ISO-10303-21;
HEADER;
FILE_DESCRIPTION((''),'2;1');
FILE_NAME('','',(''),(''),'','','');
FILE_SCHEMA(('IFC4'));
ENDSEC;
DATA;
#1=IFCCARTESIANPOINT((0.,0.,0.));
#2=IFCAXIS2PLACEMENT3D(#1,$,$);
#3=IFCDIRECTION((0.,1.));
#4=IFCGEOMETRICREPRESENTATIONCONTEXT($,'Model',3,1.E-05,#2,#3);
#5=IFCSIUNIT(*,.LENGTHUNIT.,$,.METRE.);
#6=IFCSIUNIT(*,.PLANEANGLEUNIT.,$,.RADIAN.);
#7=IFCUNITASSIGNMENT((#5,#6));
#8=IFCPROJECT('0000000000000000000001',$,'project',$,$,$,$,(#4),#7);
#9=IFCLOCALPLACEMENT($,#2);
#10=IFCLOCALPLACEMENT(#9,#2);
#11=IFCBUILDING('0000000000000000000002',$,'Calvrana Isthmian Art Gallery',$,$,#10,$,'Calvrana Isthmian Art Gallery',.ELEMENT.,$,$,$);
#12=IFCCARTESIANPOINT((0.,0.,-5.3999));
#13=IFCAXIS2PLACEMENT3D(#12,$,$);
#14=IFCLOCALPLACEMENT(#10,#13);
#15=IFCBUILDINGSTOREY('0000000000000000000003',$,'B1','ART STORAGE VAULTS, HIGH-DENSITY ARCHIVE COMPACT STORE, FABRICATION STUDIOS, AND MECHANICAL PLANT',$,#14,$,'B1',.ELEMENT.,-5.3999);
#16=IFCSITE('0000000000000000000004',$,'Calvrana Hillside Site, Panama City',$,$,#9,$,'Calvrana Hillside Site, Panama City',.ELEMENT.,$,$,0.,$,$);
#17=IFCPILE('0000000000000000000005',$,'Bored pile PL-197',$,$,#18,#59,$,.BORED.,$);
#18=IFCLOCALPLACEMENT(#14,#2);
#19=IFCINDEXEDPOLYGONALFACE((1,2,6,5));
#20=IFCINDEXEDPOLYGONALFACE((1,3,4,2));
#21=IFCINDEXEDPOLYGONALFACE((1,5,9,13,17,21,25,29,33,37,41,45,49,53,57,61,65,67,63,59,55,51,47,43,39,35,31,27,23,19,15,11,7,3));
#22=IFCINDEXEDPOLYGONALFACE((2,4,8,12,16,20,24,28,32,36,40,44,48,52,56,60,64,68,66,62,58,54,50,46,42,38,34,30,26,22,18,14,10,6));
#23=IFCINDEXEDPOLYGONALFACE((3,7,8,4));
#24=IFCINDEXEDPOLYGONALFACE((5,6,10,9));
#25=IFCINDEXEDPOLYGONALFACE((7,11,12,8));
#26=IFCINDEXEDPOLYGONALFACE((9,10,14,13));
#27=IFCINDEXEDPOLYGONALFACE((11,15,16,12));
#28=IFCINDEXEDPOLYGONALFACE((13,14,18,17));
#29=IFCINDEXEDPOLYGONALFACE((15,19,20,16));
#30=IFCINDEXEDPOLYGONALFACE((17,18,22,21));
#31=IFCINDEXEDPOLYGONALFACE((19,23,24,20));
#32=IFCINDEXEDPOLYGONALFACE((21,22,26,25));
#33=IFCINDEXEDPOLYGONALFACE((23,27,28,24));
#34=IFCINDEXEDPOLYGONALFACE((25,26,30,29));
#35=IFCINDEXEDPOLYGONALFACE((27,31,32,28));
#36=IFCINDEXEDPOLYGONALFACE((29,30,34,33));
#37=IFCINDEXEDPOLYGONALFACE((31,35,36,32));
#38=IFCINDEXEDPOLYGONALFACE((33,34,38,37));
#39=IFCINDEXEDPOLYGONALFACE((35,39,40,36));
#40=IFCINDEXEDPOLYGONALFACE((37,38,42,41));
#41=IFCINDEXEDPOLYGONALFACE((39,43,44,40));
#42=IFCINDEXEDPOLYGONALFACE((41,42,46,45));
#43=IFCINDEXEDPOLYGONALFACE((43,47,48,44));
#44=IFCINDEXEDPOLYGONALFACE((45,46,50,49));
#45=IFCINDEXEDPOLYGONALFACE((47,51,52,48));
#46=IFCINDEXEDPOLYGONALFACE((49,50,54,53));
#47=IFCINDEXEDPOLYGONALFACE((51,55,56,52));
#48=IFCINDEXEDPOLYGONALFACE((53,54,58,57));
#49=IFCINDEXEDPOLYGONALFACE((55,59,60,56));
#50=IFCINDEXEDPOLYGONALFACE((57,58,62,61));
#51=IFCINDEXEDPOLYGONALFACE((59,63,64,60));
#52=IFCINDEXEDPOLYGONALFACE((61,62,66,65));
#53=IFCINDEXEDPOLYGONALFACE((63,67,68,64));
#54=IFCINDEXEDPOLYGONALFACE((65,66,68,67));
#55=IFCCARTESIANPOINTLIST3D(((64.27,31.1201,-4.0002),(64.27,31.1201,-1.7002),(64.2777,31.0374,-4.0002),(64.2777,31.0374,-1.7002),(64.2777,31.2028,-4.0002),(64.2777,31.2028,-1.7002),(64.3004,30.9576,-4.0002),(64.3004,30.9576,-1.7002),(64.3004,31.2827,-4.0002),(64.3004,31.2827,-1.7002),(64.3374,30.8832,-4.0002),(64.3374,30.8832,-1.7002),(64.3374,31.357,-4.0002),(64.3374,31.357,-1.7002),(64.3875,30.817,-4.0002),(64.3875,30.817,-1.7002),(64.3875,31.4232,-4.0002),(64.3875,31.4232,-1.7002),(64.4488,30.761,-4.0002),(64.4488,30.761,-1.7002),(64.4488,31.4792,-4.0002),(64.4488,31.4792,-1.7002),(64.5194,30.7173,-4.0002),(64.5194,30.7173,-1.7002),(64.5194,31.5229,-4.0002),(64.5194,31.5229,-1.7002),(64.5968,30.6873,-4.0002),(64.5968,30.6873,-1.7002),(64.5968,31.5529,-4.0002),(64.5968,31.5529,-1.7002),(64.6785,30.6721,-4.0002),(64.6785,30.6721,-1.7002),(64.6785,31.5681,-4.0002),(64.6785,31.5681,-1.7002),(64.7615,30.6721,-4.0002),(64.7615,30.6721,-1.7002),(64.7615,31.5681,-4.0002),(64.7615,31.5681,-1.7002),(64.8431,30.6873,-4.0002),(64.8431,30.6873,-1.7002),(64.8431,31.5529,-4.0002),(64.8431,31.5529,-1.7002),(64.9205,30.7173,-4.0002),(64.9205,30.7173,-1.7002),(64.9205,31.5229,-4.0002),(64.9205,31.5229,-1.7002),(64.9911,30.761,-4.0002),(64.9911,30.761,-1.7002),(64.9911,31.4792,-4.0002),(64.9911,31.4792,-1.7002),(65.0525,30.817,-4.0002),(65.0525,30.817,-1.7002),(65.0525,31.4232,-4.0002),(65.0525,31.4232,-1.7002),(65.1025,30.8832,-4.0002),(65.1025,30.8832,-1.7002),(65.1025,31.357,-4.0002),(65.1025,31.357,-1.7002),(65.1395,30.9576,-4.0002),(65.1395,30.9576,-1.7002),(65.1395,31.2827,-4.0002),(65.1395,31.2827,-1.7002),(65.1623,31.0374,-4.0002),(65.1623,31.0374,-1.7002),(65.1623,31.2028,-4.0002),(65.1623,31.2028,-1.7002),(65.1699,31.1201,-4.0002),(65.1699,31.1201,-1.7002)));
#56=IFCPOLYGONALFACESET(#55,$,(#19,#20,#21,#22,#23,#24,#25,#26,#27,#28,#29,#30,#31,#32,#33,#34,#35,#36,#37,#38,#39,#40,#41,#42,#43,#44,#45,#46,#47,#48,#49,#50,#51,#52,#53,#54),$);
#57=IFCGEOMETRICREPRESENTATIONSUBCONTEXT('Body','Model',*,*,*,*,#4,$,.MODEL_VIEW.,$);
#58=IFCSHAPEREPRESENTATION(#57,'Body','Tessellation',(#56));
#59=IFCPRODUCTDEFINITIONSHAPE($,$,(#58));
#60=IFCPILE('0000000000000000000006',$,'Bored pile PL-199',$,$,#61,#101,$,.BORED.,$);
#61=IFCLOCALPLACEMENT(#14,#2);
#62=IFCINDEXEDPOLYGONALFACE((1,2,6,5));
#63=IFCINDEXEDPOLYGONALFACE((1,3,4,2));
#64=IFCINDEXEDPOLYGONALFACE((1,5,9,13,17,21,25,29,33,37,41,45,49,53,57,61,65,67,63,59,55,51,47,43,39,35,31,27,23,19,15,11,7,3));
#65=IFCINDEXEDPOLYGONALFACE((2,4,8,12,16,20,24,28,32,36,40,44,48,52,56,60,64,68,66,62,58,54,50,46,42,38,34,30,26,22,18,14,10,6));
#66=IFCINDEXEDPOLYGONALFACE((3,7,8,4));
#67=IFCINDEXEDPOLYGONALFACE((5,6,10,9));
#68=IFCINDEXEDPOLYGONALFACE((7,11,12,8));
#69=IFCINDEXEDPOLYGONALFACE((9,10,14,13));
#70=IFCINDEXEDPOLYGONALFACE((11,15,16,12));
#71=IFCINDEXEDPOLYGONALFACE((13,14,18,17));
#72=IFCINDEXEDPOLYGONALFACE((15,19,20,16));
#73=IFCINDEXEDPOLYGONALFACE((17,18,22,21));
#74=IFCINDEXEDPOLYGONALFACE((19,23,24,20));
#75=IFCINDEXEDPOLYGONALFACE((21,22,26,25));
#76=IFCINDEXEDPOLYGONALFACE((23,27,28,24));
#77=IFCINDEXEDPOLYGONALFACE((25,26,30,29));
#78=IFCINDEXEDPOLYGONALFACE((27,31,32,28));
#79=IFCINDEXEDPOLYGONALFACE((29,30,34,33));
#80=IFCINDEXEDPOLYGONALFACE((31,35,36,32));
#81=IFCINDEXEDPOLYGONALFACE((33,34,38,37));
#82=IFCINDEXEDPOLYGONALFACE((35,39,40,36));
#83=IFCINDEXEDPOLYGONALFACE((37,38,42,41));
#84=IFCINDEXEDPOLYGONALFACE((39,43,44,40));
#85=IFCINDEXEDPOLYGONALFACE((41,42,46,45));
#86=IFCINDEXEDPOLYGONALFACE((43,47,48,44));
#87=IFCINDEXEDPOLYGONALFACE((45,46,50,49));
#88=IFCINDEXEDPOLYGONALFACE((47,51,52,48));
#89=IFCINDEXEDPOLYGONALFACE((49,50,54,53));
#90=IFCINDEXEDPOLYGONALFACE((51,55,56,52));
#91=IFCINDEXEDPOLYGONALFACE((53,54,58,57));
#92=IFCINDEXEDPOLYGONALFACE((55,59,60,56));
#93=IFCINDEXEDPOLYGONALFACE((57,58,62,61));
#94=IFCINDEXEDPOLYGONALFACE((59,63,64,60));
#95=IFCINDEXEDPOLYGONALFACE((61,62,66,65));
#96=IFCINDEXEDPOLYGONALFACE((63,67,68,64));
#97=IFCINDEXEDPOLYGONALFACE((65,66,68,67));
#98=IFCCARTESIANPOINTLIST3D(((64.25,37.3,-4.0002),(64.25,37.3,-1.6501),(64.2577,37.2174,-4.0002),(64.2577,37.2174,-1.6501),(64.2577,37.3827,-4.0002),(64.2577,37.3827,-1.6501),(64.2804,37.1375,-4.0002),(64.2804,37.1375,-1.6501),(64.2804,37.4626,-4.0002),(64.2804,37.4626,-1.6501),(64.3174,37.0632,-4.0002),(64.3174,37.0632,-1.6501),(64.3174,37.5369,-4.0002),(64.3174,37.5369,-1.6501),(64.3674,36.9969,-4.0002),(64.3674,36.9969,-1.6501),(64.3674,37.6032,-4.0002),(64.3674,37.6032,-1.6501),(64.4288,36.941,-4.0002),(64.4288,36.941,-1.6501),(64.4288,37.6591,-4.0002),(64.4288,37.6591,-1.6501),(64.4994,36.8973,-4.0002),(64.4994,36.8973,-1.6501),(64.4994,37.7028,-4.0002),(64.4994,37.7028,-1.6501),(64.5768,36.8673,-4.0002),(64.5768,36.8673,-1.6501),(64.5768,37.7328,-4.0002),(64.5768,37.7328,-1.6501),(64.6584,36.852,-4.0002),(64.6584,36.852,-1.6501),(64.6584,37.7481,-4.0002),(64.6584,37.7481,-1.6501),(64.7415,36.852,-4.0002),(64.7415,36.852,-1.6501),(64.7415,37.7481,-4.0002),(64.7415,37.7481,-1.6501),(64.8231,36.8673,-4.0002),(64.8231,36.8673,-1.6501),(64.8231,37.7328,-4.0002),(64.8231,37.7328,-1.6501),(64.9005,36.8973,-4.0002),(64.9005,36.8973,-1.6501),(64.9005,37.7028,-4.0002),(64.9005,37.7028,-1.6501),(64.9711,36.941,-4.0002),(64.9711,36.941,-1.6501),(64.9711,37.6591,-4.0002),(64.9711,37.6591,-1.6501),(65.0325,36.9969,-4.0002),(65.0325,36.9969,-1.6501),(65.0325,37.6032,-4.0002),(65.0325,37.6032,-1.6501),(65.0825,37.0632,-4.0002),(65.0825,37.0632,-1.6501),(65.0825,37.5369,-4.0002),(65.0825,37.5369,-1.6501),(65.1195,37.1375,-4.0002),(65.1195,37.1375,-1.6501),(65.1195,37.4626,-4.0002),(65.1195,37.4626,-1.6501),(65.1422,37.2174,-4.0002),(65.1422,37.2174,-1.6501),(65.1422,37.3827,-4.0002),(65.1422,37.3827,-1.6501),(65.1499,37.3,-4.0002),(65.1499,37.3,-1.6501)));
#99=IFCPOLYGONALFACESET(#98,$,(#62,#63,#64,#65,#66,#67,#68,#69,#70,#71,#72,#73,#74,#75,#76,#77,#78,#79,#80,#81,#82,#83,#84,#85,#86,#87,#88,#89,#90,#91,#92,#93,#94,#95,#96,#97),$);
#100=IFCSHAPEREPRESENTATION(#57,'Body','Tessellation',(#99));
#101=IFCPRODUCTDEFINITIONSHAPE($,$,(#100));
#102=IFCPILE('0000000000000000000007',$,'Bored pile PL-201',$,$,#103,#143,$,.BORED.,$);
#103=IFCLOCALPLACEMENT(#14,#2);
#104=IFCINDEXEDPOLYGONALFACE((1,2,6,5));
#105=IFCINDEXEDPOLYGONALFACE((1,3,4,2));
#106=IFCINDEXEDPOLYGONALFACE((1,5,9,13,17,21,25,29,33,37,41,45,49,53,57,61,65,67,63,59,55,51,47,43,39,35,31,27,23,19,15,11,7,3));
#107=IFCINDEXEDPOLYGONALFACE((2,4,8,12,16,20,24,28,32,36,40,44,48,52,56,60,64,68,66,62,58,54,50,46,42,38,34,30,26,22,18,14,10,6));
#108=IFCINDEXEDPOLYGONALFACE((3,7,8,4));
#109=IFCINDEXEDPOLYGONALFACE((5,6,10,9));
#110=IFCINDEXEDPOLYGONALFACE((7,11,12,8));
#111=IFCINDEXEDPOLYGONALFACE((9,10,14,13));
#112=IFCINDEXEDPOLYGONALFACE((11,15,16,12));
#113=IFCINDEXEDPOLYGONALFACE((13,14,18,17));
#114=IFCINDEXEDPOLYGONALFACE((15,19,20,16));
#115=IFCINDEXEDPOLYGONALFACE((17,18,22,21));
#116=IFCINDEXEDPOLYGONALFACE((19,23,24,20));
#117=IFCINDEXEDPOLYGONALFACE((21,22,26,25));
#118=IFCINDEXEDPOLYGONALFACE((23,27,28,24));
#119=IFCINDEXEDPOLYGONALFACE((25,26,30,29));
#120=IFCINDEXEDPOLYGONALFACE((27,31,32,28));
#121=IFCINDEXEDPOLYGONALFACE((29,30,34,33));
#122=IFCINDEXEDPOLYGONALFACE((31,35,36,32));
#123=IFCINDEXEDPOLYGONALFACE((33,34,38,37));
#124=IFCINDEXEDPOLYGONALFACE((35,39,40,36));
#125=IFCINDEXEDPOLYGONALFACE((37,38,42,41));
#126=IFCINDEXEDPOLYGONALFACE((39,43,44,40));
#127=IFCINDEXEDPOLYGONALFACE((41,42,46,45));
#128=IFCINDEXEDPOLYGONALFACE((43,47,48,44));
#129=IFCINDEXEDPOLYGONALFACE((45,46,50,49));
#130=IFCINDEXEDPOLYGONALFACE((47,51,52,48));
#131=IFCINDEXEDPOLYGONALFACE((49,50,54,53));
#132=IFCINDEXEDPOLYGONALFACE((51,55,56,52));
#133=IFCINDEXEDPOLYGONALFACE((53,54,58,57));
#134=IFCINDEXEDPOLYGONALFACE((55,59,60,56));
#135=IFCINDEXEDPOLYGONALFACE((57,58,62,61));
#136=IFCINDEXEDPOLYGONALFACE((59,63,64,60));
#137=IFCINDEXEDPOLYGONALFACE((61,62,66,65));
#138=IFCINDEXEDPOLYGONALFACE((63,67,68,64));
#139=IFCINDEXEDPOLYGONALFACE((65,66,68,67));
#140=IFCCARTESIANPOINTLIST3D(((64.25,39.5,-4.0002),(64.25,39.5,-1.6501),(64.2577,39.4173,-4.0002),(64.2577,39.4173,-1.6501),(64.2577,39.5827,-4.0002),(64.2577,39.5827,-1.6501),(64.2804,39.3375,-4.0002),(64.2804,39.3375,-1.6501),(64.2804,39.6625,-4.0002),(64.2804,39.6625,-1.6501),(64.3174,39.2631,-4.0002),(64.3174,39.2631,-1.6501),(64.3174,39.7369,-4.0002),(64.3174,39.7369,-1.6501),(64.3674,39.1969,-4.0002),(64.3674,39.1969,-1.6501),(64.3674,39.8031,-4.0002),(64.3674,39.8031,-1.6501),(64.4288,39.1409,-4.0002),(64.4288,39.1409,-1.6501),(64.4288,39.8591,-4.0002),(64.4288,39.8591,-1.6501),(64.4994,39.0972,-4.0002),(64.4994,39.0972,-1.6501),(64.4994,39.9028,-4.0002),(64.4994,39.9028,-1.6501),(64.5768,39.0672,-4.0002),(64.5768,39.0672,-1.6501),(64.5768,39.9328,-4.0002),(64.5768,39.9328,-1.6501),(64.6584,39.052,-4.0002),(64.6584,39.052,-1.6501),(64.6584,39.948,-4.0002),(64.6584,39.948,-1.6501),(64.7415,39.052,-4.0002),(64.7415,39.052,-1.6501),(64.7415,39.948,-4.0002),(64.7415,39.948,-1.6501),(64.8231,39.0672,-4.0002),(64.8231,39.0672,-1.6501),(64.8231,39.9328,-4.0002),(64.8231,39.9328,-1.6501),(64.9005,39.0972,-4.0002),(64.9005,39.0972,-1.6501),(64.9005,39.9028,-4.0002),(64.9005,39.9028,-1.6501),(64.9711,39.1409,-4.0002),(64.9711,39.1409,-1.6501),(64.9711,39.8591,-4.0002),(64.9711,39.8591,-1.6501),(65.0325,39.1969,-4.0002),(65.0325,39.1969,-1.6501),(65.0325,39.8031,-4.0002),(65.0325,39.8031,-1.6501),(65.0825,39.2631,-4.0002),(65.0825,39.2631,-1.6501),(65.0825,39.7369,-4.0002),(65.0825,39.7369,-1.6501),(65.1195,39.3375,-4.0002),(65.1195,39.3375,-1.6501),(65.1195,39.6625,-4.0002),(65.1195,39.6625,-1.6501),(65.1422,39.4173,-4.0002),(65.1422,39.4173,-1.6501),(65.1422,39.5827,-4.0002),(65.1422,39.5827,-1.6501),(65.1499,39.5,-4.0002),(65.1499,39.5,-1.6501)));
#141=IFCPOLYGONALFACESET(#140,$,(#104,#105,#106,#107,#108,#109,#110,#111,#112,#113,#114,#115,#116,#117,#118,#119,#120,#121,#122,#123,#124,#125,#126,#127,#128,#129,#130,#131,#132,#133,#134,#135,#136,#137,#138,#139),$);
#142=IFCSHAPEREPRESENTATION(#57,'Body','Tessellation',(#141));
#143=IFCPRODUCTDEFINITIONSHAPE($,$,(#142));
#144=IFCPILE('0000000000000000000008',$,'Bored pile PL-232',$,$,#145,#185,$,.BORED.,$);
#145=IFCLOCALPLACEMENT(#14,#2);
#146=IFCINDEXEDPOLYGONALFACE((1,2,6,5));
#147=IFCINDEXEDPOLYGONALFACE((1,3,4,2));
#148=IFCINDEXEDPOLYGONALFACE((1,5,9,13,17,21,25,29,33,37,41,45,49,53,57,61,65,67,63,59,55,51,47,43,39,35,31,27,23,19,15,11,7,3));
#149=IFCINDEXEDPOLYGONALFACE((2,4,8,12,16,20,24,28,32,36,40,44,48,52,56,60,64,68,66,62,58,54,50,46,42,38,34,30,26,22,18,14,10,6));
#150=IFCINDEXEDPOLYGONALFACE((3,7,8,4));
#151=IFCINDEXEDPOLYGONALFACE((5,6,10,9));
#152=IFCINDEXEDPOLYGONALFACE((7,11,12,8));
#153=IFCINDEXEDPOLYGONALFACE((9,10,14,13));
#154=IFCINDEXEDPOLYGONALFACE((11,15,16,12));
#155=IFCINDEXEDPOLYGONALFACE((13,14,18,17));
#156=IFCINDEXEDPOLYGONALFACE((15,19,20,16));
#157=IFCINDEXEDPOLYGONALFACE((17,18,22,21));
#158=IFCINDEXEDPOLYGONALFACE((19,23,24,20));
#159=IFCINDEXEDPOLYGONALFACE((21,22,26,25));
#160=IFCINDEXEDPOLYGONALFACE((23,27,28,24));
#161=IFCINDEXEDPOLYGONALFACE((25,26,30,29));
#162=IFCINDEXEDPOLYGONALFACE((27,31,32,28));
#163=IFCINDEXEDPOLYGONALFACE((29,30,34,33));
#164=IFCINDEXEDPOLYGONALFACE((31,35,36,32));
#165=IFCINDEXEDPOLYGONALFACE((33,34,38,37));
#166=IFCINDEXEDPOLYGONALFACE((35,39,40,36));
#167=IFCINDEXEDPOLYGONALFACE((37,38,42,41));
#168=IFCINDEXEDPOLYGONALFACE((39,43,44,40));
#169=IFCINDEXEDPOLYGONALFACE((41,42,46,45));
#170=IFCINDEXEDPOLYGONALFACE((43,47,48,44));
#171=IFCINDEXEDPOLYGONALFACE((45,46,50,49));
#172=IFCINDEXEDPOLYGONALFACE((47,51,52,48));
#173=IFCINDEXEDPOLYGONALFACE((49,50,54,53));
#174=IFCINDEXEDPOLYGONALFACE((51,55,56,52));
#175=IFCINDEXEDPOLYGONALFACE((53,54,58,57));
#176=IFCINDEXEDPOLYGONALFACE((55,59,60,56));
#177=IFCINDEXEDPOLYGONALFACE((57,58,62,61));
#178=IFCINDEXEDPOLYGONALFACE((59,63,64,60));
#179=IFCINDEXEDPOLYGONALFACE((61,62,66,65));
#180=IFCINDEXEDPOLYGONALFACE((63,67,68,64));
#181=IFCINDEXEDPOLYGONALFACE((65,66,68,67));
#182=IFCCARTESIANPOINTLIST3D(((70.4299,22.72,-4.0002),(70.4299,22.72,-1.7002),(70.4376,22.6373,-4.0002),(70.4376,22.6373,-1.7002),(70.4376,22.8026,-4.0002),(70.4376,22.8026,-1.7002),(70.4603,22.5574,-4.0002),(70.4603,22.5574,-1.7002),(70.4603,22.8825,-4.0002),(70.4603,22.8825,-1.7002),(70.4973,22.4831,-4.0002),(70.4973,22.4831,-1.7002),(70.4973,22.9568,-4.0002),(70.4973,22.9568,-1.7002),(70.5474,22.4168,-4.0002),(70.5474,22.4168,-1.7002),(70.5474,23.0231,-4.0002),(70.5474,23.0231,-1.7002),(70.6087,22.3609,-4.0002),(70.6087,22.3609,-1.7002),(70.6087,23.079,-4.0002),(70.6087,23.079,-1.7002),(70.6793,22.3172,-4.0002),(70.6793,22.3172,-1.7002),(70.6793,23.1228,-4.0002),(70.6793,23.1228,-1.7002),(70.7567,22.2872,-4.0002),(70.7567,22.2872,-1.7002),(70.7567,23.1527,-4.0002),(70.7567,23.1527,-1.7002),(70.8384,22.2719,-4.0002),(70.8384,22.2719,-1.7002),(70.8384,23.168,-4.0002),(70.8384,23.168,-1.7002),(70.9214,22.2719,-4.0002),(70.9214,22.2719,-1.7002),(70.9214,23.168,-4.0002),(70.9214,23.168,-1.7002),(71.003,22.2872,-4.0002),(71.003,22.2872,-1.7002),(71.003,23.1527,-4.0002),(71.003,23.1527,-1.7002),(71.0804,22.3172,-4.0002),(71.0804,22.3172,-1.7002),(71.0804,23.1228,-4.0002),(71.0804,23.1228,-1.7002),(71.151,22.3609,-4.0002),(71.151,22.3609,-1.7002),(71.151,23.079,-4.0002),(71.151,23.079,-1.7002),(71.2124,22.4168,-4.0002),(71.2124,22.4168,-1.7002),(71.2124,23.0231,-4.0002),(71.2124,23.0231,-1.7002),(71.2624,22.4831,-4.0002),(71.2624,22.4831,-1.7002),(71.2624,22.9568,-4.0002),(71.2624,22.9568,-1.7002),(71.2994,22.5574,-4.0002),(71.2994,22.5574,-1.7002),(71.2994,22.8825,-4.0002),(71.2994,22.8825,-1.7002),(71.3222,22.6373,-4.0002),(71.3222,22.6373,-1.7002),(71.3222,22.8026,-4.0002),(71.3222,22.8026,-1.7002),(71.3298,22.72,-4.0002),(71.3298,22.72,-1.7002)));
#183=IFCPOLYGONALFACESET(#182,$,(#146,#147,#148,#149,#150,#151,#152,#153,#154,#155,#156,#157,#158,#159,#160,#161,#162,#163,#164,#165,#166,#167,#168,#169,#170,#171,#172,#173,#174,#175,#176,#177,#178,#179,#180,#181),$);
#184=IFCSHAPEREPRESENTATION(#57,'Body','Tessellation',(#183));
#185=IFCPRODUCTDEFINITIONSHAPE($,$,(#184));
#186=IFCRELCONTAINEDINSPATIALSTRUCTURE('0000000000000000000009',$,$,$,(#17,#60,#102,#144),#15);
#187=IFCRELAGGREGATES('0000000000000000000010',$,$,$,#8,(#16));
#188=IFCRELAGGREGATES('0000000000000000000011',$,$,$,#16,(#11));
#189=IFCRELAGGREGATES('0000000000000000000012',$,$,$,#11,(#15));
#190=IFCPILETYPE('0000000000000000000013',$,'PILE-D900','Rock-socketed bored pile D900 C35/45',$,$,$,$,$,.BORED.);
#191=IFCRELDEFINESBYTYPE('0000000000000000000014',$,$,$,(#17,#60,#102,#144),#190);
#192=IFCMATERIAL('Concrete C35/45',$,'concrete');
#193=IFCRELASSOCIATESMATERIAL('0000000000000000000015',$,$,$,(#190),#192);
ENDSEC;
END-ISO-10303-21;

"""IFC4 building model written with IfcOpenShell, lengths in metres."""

from ifc_helpers import new_model, si_unit, direction, frame, origin, origin_2d, place, context, subcontext, project, spatial, circle, extrude, material, material_profile, profile_set, type_object, element, save


model = new_model("IFC4")

# Units and contexts
model_context = context("Model", 3, precision=1e-05, world=origin(), true_north=direction((0.0, 1.0)))
body_context = subcontext(model_context, "Body", "Model", "MODEL_VIEW")
ifc_project = project(units=[si_unit("LENGTHUNIT", "METRE"), si_unit("PLANEANGLEUNIT", "RADIAN")], contexts=[model_context])

# Site, building, storey
site_placement = place(None, origin())
site = spatial("IfcSite", under=ifc_project, at=site_placement, Name="Calvrana Hillside Site, Panama City", LongName="Calvrana Hillside Site, Panama City", CompositionType="ELEMENT", RefElevation=0.0)
building_placement = place(site_placement, origin())
building = spatial("IfcBuilding", under=site, at=building_placement, Name="Calvrana Isthmian Art Gallery", LongName="Calvrana Isthmian Art Gallery", CompositionType="ELEMENT")
storey_placement = place(building_placement, frame((0.0, 0.0, -5.3999)))
storey = spatial("IfcBuildingStorey", under=building, at=storey_placement, Name="B1", Description="ART STORAGE VAULTS, HIGH-DENSITY ARCHIVE COMPACT STORE, FABRICATION STUDIOS, AND MECHANICAL PLANT", LongName="B1", CompositionType="ELEMENT", Elevation=-5.3999)

# Shared definitions
ifc_material_1 = material(Name="Concrete C35/45", Category="concrete")

# Piles
ifc_material_profile_1 = material_profile(ifc_material_1, circle(Radius=0.45, at=origin_2d()), Name="PILE900D")
ifc_profile_set_1 = profile_set([ifc_material_profile_1], Name="Concrete C35/45")
pile_type_1 = type_object("IfcPileType", Name="PILE-D900", Description="Rock-socketed bored pile D900 C35/45", PredefinedType="BORED", material=ifc_profile_set_1)
for number, where, z_axis, x_axis, name in (
    (1, (64.72, 31.1201, -1.7002), (0.0, 0.0, -1.0), (1.0, 0.0, 0.0), "Bored pile PL-197"),
):
    element("IfcPile", number, at=place(storey_placement, frame(where, z_axis=z_axis, x_axis=x_axis)), inside=storey, type_object=pile_type_1, Name=name, PredefinedType="BORED", context=body_context, shape_type="SweptSolid", body=[
        extrude(circle(Radius=0.45, at=origin_2d()), origin(), (0.0, 0.0, 1.0), 2.3),
    ])
for number, where, z_axis, x_axis, name in (
    (2, (64.7, 37.3, -1.6501), (0.0, 0.0, -1.0), (1.0, 0.0, 0.0), "Bored pile PL-199"),
    (3, (64.7, 39.5, -1.6501), (0.0, 0.0, -1.0), (1.0, 0.0, 0.0), "Bored pile PL-201"),
):
    element("IfcPile", number, at=place(storey_placement, frame(where, z_axis=z_axis, x_axis=x_axis)), inside=storey, type_object=pile_type_1, Name=name, PredefinedType="BORED", context=body_context, shape_type="SweptSolid", body=[
        extrude(circle(Radius=0.45, at=origin_2d()), origin(), (0.0, 0.0, 1.0), 2.3501),
    ])
pile_1_placement = place(storey_placement, frame((70.8799, 22.72, -1.7002), z_axis=(0.0, 0.0, -1.0), x_axis=(1.0, 0.0, 0.0)))
element("IfcPile", 4, at=pile_1_placement, inside=storey, type_object=pile_type_1, Name="Bored pile PL-232", PredefinedType="BORED", context=body_context, shape_type="SweptSolid", body=[
    extrude(circle(Radius=0.45, at=origin_2d()), origin(), (0.0, 0.0, 1.0), 2.3),
])

save(model, "model.ifc")
